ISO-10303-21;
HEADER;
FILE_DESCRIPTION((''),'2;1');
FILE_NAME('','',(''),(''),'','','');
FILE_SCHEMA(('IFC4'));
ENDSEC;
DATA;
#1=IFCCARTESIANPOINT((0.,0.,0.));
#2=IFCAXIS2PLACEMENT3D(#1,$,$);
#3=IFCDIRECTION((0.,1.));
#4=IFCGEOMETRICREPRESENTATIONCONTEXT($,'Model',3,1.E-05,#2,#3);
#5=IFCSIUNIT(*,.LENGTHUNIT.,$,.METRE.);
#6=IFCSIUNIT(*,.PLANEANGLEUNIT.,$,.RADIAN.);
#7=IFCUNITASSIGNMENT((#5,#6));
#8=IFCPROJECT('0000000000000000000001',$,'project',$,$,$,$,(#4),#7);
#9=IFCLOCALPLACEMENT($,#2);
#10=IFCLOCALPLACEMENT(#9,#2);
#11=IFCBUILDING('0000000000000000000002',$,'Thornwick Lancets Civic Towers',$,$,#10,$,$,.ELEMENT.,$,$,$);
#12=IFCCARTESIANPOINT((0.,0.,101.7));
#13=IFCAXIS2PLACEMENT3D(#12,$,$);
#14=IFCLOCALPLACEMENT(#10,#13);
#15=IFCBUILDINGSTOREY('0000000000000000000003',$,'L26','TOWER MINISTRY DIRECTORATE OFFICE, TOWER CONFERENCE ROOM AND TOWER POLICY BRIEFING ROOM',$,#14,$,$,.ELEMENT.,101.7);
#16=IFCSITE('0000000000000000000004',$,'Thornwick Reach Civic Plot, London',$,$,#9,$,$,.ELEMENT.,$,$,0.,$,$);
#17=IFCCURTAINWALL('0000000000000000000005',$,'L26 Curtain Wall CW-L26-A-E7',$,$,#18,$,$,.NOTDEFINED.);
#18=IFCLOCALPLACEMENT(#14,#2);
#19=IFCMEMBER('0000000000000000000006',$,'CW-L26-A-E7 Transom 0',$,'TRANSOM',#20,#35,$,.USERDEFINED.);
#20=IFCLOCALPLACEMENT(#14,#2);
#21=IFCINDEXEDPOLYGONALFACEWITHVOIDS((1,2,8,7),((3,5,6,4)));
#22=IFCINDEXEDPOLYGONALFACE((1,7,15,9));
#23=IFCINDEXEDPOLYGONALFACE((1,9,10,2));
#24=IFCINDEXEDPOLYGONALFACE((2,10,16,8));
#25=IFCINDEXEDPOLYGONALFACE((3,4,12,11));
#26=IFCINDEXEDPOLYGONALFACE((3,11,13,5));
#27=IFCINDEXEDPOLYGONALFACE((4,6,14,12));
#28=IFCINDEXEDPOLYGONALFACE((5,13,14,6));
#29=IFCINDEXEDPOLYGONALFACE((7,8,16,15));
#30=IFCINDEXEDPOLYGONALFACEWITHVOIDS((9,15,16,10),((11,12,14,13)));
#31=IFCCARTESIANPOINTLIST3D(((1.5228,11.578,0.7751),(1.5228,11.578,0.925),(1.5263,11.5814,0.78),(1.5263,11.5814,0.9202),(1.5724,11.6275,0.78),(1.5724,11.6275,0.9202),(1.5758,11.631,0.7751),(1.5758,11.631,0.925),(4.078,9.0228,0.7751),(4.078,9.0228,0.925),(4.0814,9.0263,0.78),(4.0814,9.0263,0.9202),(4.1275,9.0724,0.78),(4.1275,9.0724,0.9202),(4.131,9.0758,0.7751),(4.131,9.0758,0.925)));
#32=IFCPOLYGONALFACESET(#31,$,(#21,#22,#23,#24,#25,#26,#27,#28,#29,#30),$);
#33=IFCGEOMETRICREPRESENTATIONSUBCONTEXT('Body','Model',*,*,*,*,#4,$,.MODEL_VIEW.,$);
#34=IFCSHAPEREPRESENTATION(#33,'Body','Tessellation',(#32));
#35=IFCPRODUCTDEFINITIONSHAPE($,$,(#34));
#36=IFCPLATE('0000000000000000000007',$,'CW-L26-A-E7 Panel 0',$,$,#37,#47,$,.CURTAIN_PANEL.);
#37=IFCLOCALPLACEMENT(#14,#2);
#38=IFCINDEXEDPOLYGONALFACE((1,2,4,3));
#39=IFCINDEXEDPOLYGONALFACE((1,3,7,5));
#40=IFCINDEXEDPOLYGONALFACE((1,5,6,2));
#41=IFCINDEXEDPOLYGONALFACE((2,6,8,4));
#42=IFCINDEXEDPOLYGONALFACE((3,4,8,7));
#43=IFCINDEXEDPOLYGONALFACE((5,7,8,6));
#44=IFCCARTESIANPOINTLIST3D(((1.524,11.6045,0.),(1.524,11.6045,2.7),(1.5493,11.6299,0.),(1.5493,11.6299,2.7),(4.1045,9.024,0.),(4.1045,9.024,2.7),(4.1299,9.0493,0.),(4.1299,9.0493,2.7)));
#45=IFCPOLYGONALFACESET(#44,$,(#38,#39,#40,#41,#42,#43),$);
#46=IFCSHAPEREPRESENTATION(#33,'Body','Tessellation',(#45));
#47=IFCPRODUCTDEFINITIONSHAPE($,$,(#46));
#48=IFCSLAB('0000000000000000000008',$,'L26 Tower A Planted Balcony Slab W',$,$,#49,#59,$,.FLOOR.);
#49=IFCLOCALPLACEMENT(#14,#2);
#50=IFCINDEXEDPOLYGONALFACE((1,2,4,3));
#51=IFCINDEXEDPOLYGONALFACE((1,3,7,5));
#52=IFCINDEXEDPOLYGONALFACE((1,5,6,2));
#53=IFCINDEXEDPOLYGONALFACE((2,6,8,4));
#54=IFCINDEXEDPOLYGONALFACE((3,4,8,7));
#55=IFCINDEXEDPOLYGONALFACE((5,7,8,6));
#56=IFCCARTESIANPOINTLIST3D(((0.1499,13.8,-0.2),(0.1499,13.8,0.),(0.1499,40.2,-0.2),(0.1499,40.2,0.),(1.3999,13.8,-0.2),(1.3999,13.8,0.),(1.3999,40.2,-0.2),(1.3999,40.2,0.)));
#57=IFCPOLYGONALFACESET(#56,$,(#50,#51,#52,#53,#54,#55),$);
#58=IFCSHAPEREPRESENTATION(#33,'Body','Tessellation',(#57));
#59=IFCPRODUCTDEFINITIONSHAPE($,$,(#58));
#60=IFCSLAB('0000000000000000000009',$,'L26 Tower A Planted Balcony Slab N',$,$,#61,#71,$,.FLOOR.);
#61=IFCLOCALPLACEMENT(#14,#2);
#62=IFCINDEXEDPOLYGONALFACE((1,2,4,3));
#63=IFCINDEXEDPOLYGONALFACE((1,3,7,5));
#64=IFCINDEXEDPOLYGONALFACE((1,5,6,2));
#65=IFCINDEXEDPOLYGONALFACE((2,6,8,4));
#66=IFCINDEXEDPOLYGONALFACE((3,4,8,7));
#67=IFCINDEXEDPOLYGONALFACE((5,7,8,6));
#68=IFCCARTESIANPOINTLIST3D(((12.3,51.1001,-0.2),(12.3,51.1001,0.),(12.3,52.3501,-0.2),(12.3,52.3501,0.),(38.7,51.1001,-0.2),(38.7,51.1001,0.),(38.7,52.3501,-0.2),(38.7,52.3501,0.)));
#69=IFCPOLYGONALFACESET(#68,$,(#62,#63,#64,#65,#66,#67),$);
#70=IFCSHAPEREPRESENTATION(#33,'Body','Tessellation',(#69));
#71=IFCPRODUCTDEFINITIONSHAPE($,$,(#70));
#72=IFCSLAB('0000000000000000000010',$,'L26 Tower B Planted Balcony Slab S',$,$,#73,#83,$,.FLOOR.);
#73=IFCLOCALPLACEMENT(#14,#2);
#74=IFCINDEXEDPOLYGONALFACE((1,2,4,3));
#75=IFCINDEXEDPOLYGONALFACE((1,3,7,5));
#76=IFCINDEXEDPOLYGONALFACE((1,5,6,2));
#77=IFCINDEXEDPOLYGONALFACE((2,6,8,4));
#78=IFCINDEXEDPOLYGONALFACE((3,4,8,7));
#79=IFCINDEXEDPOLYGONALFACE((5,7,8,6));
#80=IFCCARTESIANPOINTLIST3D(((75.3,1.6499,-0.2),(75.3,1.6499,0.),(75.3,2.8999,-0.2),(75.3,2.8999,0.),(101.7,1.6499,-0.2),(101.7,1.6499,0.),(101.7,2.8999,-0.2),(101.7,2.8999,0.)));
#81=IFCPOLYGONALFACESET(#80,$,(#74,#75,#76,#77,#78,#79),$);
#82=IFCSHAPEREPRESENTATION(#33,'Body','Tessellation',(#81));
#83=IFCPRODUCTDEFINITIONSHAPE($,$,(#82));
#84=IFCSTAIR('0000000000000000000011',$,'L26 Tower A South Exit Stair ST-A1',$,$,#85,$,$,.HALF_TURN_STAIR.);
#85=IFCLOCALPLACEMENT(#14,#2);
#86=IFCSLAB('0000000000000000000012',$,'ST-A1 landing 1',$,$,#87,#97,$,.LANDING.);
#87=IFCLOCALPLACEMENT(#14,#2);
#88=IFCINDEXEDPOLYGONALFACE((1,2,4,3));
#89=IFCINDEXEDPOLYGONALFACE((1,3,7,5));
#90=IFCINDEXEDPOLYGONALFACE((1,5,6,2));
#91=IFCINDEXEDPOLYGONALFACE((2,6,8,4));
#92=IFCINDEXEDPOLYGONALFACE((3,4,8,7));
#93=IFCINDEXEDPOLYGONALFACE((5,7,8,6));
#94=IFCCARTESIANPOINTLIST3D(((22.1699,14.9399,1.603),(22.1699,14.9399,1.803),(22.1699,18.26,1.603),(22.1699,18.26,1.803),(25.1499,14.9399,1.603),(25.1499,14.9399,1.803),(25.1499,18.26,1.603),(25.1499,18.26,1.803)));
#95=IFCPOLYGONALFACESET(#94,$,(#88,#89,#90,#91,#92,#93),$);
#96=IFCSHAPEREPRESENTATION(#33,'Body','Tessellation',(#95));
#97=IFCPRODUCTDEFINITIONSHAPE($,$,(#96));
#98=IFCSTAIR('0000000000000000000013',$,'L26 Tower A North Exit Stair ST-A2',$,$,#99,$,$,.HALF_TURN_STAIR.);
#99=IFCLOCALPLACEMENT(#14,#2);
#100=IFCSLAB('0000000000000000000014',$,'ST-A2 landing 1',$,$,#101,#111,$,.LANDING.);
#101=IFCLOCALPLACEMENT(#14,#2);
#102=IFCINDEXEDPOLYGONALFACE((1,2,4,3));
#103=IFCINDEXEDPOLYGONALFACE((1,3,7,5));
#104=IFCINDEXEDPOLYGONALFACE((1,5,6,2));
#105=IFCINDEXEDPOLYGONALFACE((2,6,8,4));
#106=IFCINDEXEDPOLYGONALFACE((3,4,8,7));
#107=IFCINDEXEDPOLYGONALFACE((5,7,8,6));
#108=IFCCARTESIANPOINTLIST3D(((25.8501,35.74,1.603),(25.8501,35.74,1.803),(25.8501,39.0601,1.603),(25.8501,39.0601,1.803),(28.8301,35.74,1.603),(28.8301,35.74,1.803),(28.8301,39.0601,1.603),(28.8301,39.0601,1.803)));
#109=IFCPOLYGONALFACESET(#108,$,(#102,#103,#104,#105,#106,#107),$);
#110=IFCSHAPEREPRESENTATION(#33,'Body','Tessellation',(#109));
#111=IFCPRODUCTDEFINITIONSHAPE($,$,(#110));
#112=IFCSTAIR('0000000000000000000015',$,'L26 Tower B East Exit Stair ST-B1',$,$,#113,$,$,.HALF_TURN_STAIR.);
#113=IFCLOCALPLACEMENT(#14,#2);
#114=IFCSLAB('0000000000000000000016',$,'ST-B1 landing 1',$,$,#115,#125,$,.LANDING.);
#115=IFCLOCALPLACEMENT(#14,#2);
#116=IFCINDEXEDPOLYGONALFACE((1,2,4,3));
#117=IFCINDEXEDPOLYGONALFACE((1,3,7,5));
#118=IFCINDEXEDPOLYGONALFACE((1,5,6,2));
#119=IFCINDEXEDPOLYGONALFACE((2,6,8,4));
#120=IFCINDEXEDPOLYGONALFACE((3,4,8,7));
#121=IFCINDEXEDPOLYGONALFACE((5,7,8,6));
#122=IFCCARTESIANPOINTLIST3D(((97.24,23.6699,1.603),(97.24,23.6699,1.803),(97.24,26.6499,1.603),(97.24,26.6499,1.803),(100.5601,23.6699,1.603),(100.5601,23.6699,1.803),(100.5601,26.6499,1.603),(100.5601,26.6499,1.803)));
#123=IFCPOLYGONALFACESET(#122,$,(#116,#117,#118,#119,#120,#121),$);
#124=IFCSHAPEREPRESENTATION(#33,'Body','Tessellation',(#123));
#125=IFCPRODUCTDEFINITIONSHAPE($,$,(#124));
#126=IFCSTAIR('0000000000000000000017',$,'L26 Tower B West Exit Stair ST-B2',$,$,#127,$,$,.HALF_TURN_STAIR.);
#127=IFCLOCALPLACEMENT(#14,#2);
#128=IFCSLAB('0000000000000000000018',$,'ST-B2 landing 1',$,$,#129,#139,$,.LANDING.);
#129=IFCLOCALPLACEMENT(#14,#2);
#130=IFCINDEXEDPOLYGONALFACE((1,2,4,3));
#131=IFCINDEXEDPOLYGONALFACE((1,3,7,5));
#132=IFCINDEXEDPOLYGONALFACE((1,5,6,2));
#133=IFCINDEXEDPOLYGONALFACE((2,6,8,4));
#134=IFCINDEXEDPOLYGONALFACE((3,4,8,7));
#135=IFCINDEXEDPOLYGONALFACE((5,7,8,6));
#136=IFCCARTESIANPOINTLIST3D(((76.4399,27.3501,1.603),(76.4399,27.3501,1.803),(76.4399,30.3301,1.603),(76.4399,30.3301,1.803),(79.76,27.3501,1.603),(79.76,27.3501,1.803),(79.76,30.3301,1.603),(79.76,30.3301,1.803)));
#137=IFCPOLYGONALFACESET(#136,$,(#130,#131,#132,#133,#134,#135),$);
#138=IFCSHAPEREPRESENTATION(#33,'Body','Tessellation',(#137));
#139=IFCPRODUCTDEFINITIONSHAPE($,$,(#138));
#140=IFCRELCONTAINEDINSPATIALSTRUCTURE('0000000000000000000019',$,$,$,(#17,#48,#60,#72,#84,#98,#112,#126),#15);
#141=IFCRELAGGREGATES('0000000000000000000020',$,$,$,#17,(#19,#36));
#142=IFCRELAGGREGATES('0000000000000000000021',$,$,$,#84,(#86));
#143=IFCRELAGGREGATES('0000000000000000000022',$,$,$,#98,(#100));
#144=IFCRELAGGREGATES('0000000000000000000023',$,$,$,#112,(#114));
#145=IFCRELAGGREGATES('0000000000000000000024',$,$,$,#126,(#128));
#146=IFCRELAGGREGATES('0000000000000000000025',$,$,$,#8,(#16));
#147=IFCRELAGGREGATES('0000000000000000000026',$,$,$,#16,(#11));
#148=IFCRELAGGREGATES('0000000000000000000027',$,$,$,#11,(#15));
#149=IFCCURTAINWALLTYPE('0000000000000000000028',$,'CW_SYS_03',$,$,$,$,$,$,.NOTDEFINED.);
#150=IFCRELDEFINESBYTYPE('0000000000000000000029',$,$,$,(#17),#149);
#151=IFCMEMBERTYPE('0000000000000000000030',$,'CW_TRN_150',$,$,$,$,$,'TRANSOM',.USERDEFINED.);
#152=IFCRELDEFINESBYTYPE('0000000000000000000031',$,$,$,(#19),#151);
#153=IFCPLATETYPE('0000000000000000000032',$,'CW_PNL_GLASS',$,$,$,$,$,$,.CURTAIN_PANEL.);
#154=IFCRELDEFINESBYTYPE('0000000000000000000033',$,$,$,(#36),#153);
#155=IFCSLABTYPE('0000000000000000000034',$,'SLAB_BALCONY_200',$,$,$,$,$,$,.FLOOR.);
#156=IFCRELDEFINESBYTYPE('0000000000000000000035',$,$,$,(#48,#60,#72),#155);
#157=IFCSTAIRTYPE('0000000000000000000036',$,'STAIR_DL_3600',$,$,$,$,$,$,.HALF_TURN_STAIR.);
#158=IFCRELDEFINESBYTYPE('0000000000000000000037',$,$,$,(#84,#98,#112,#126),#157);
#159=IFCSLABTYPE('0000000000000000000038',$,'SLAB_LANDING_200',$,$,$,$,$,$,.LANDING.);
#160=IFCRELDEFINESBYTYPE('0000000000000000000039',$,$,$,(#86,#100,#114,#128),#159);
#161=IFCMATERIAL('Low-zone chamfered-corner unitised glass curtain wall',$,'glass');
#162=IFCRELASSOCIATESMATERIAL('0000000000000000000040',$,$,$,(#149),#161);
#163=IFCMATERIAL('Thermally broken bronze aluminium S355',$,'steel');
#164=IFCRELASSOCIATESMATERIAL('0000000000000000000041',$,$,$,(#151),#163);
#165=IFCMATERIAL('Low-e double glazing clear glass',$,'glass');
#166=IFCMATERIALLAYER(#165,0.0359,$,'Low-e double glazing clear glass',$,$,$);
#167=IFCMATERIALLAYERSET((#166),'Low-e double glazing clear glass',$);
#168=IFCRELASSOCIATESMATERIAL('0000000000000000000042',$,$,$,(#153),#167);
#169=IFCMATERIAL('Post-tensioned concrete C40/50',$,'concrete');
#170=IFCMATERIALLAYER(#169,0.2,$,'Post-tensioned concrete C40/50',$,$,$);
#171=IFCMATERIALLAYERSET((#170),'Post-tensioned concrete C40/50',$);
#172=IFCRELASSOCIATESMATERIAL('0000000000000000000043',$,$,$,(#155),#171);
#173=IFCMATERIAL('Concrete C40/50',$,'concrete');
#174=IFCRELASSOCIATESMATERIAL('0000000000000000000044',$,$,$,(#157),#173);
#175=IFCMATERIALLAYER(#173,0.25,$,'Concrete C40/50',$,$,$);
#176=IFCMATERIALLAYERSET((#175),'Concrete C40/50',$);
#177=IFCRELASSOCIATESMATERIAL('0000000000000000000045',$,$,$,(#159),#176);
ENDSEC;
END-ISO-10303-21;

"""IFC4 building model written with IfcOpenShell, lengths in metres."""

from ifc_helpers import new_model, si_unit, direction, frame, origin, origin_2d, place, context, subcontext, project, spatial, polyline, rectangle, hollow_rectangle, outline, extrude, material, layer, layer_set, material_profile, profile_set, type_object, element, aggregate, save


model = new_model("IFC4")

# Units and contexts
model_context = context("Model", 3, precision=1e-05, world=origin(), true_north=direction((0.0, 1.0)))
body_context = subcontext(model_context, "Body", "Model", "MODEL_VIEW")
ifc_project = project(units=[si_unit("LENGTHUNIT", "METRE"), si_unit("PLANEANGLEUNIT", "RADIAN")], contexts=[model_context])

# Site, building, storey
site_placement = place(None, origin())
site = spatial("IfcSite", under=ifc_project, at=site_placement, Name="Thornwick Reach Civic Plot, London", CompositionType="ELEMENT", RefElevation=0.0)
building_placement = place(site_placement, origin())
building = spatial("IfcBuilding", under=site, at=building_placement, Name="Thornwick Lancets Civic Towers", CompositionType="ELEMENT")
storey_placement = place(building_placement, frame((0.0, 0.0, 101.7)))
storey = spatial("IfcBuildingStorey", under=building, at=storey_placement, Name="L26", Description="TOWER MINISTRY DIRECTORATE OFFICE, TOWER CONFERENCE ROOM AND TOWER POLICY BRIEFING ROOM", CompositionType="ELEMENT", Elevation=101.7)

# Curtain wall, member, plate
ifc_material_1 = material(Name="Low-zone chamfered-corner unitised glass curtain wall", Category="glass")
curtain_wall_type = type_object("IfcCurtainWallType", Name="CW_SYS_03", PredefinedType="NOTDEFINED", material=ifc_material_1)
curtain_wall_placement = place(storey_placement, origin())
curtain_wall = element("IfcCurtainWall", 1, at=curtain_wall_placement, inside=storey, type_object=curtain_wall_type, Name="L26 Curtain Wall CW-L26-A-E7", PredefinedType="NOTDEFINED")
ifc_material_2 = material(Name="Thermally broken bronze aluminium S355", Category="steel")
ifc_material_profile_1 = material_profile(ifc_material_2, hollow_rectangle(XDim=0.075, YDim=0.1499, WallThickness=0.0049, at=origin_2d()), Name="RHS 150x75x5")
ifc_profile_set_1 = profile_set([ifc_material_profile_1], Name="Thermally broken bronze aluminium S355")
member_type_1 = type_object("IfcMemberType", Name="CW_TRN_150", ElementType="TRANSOM", PredefinedType="USERDEFINED", material=ifc_profile_set_1)
member_1_placement = place(storey_placement, frame((1.5493, 11.6045, 0.8501), z_axis=(0.707107, -0.707107, 0.0), x_axis=(0.707107, 0.707107, 0.0)))
member_1 = element("IfcMember", 2, at=member_1_placement, type_object=member_type_1, Name="CW-L26-A-E7 Transom 0", ObjectType="TRANSOM", PredefinedType="USERDEFINED", context=body_context, shape_type="SweptSolid", body=[
    extrude(hollow_rectangle(XDim=0.075, YDim=0.1499, WallThickness=0.0049, at=origin_2d()), origin(), (0.0, 0.0, 1.0), 3.6135),
])
ifc_material_3 = material(Name="Low-e double glazing clear glass", Category="glass")
ifc_layer_1 = layer(ifc_material_3, 0.0359, Name="Low-e double glazing clear glass")
ifc_layer_set_1 = layer_set([ifc_layer_1], Name="Low-e double glazing clear glass")
plate_type = type_object("IfcPlateType", Name="CW_PNL_GLASS", PredefinedType="CURTAIN_PANEL", material=ifc_layer_set_1)
plate_placement = place(storey_placement, frame((2.8269, 10.3269, 0.0), z_axis=(0.0, 0.0, 1.0), x_axis=(0.707107, -0.707107, 0.0)))
plate = element("IfcPlate", 3, at=plate_placement, type_object=plate_type, Name="CW-L26-A-E7 Panel 0", PredefinedType="CURTAIN_PANEL", context=body_context, shape_type="SweptSolid", body=[
    extrude(rectangle(XDim=3.6494, YDim=0.0359, at=origin_2d()), origin(), (0.0, 0.0, 1.0), 2.7),
])
aggregate(curtain_wall, [member_1, plate])

# Slabs
ifc_material_4 = material(Name="Post-tensioned concrete C40/50", Category="concrete")
ifc_layer_2 = layer(ifc_material_4, 0.2, Name="Post-tensioned concrete C40/50")
ifc_layer_set_2 = layer_set([ifc_layer_2], Name="Post-tensioned concrete C40/50")
slab_type_1 = type_object("IfcSlabType", Name="SLAB_BALCONY_200", PredefinedType="FLOOR", material=ifc_layer_set_2)
slab_1_placement = place(storey_placement, frame((0.0, 0.0, -0.2)))
element("IfcSlab", 4, at=slab_1_placement, inside=storey, type_object=slab_type_1, Name="L26 Tower A Planted Balcony Slab W", PredefinedType="FLOOR", context=body_context, shape_type="SweptSolid", body=[
    extrude(outline(polyline([(0.1499, 13.8), (1.3999, 13.8), (1.3999, 40.2), (0.1499, 40.2), (0.1499, 13.8)])), origin(), (0.0, 0.0, 1.0), 0.2),
])
slab_2_placement = place(storey_placement, frame((0.0, 0.0, -0.2)))
element("IfcSlab", 5, at=slab_2_placement, inside=storey, type_object=slab_type_1, Name="L26 Tower A Planted Balcony Slab N", PredefinedType="FLOOR", context=body_context, shape_type="SweptSolid", body=[
    extrude(outline(polyline([(12.3, 51.1001), (38.7, 51.1001), (38.7, 52.3501), (12.3, 52.3501), (12.3, 51.1001)])), origin(), (0.0, 0.0, 1.0), 0.2),
])
slab_3_placement = place(storey_placement, frame((0.0, 0.0, -0.2)))
element("IfcSlab", 6, at=slab_3_placement, inside=storey, type_object=slab_type_1, Name="L26 Tower B Planted Balcony Slab S", PredefinedType="FLOOR", context=body_context, shape_type="SweptSolid", body=[
    extrude(outline(polyline([(75.3, 1.6499), (101.7, 1.6499), (101.7, 2.8999), (75.3, 2.8999), (75.3, 1.6499)])), origin(), (0.0, 0.0, 1.0), 0.2),
])

# Stairs, slabs
ifc_material_5 = material(Name="Concrete C40/50", Category="concrete")
stair_type = type_object("IfcStairType", Name="STAIR_DL_3600", PredefinedType="HALF_TURN_STAIR", material=ifc_material_5)
stair_1_placement = place(storey_placement, origin())
stair_1 = element("IfcStair", 7, at=stair_1_placement, inside=storey, type_object=stair_type, Name="L26 Tower A South Exit Stair ST-A1", PredefinedType="HALF_TURN_STAIR")
ifc_layer_3 = layer(ifc_material_5, 0.25, Name="Concrete C40/50")
ifc_layer_set_3 = layer_set([ifc_layer_3], Name="Concrete C40/50")
slab_type_2 = type_object("IfcSlabType", Name="SLAB_LANDING_200", PredefinedType="LANDING", material=ifc_layer_set_3)
slab_4_placement = place(storey_placement, frame((0.0, 0.0, 1.603)))
slab_4 = element("IfcSlab", 8, at=slab_4_placement, type_object=slab_type_2, Name="ST-A1 landing 1", PredefinedType="LANDING", context=body_context, shape_type="SweptSolid", body=[
    extrude(outline(polyline([(22.1699, 14.9399), (25.1499, 14.9399), (25.1499, 18.26), (22.1699, 18.26), (22.1699, 14.9399)])), origin(), (0.0, 0.0, 1.0), 0.2),
])
aggregate(stair_1, [slab_4])
stair_2_placement = place(storey_placement, origin())
stair_2 = element("IfcStair", 9, at=stair_2_placement, inside=storey, type_object=stair_type, Name="L26 Tower A North Exit Stair ST-A2", PredefinedType="HALF_TURN_STAIR")
slab_5_placement = place(storey_placement, frame((0.0, 0.0, 1.603)))
slab_5 = element("IfcSlab", 10, at=slab_5_placement, type_object=slab_type_2, Name="ST-A2 landing 1", PredefinedType="LANDING", context=body_context, shape_type="SweptSolid", body=[
    extrude(outline(polyline([(28.8301, 39.0601), (25.8501, 39.0601), (25.8501, 35.74), (28.8301, 35.74), (28.8301, 39.0601)])), origin(), (0.0, 0.0, 1.0), 0.2),
])
aggregate(stair_2, [slab_5])
stair_3_placement = place(storey_placement, origin())
stair_3 = element("IfcStair", 11, at=stair_3_placement, inside=storey, type_object=stair_type, Name="L26 Tower B East Exit Stair ST-B1", PredefinedType="HALF_TURN_STAIR")
slab_6_placement = place(storey_placement, frame((0.0, 0.0, 1.603)))
slab_6 = element("IfcSlab", 12, at=slab_6_placement, type_object=slab_type_2, Name="ST-B1 landing 1", PredefinedType="LANDING", context=body_context, shape_type="SweptSolid", body=[
    extrude(outline(polyline([(100.5601, 23.6699), (100.5601, 26.6499), (97.24, 26.6499), (97.24, 23.6699), (100.5601, 23.6699)])), origin(), (0.0, 0.0, 1.0), 0.2),
])
aggregate(stair_3, [slab_6])
stair_4_placement = place(storey_placement, origin())
stair_4 = element("IfcStair", 13, at=stair_4_placement, inside=storey, type_object=stair_type, Name="L26 Tower B West Exit Stair ST-B2", PredefinedType="HALF_TURN_STAIR")
slab_7_placement = place(storey_placement, frame((0.0, 0.0, 1.603)))
slab_7 = element("IfcSlab", 14, at=slab_7_placement, type_object=slab_type_2, Name="ST-B2 landing 1", PredefinedType="LANDING", context=body_context, shape_type="SweptSolid", body=[
    extrude(outline(polyline([(76.4399, 30.3301), (76.4399, 27.3501), (79.76, 27.3501), (79.76, 30.3301), (76.4399, 30.3301)])), origin(), (0.0, 0.0, 1.0), 0.2),
])
aggregate(stair_4, [slab_7])

save(model, "model.ifc")
